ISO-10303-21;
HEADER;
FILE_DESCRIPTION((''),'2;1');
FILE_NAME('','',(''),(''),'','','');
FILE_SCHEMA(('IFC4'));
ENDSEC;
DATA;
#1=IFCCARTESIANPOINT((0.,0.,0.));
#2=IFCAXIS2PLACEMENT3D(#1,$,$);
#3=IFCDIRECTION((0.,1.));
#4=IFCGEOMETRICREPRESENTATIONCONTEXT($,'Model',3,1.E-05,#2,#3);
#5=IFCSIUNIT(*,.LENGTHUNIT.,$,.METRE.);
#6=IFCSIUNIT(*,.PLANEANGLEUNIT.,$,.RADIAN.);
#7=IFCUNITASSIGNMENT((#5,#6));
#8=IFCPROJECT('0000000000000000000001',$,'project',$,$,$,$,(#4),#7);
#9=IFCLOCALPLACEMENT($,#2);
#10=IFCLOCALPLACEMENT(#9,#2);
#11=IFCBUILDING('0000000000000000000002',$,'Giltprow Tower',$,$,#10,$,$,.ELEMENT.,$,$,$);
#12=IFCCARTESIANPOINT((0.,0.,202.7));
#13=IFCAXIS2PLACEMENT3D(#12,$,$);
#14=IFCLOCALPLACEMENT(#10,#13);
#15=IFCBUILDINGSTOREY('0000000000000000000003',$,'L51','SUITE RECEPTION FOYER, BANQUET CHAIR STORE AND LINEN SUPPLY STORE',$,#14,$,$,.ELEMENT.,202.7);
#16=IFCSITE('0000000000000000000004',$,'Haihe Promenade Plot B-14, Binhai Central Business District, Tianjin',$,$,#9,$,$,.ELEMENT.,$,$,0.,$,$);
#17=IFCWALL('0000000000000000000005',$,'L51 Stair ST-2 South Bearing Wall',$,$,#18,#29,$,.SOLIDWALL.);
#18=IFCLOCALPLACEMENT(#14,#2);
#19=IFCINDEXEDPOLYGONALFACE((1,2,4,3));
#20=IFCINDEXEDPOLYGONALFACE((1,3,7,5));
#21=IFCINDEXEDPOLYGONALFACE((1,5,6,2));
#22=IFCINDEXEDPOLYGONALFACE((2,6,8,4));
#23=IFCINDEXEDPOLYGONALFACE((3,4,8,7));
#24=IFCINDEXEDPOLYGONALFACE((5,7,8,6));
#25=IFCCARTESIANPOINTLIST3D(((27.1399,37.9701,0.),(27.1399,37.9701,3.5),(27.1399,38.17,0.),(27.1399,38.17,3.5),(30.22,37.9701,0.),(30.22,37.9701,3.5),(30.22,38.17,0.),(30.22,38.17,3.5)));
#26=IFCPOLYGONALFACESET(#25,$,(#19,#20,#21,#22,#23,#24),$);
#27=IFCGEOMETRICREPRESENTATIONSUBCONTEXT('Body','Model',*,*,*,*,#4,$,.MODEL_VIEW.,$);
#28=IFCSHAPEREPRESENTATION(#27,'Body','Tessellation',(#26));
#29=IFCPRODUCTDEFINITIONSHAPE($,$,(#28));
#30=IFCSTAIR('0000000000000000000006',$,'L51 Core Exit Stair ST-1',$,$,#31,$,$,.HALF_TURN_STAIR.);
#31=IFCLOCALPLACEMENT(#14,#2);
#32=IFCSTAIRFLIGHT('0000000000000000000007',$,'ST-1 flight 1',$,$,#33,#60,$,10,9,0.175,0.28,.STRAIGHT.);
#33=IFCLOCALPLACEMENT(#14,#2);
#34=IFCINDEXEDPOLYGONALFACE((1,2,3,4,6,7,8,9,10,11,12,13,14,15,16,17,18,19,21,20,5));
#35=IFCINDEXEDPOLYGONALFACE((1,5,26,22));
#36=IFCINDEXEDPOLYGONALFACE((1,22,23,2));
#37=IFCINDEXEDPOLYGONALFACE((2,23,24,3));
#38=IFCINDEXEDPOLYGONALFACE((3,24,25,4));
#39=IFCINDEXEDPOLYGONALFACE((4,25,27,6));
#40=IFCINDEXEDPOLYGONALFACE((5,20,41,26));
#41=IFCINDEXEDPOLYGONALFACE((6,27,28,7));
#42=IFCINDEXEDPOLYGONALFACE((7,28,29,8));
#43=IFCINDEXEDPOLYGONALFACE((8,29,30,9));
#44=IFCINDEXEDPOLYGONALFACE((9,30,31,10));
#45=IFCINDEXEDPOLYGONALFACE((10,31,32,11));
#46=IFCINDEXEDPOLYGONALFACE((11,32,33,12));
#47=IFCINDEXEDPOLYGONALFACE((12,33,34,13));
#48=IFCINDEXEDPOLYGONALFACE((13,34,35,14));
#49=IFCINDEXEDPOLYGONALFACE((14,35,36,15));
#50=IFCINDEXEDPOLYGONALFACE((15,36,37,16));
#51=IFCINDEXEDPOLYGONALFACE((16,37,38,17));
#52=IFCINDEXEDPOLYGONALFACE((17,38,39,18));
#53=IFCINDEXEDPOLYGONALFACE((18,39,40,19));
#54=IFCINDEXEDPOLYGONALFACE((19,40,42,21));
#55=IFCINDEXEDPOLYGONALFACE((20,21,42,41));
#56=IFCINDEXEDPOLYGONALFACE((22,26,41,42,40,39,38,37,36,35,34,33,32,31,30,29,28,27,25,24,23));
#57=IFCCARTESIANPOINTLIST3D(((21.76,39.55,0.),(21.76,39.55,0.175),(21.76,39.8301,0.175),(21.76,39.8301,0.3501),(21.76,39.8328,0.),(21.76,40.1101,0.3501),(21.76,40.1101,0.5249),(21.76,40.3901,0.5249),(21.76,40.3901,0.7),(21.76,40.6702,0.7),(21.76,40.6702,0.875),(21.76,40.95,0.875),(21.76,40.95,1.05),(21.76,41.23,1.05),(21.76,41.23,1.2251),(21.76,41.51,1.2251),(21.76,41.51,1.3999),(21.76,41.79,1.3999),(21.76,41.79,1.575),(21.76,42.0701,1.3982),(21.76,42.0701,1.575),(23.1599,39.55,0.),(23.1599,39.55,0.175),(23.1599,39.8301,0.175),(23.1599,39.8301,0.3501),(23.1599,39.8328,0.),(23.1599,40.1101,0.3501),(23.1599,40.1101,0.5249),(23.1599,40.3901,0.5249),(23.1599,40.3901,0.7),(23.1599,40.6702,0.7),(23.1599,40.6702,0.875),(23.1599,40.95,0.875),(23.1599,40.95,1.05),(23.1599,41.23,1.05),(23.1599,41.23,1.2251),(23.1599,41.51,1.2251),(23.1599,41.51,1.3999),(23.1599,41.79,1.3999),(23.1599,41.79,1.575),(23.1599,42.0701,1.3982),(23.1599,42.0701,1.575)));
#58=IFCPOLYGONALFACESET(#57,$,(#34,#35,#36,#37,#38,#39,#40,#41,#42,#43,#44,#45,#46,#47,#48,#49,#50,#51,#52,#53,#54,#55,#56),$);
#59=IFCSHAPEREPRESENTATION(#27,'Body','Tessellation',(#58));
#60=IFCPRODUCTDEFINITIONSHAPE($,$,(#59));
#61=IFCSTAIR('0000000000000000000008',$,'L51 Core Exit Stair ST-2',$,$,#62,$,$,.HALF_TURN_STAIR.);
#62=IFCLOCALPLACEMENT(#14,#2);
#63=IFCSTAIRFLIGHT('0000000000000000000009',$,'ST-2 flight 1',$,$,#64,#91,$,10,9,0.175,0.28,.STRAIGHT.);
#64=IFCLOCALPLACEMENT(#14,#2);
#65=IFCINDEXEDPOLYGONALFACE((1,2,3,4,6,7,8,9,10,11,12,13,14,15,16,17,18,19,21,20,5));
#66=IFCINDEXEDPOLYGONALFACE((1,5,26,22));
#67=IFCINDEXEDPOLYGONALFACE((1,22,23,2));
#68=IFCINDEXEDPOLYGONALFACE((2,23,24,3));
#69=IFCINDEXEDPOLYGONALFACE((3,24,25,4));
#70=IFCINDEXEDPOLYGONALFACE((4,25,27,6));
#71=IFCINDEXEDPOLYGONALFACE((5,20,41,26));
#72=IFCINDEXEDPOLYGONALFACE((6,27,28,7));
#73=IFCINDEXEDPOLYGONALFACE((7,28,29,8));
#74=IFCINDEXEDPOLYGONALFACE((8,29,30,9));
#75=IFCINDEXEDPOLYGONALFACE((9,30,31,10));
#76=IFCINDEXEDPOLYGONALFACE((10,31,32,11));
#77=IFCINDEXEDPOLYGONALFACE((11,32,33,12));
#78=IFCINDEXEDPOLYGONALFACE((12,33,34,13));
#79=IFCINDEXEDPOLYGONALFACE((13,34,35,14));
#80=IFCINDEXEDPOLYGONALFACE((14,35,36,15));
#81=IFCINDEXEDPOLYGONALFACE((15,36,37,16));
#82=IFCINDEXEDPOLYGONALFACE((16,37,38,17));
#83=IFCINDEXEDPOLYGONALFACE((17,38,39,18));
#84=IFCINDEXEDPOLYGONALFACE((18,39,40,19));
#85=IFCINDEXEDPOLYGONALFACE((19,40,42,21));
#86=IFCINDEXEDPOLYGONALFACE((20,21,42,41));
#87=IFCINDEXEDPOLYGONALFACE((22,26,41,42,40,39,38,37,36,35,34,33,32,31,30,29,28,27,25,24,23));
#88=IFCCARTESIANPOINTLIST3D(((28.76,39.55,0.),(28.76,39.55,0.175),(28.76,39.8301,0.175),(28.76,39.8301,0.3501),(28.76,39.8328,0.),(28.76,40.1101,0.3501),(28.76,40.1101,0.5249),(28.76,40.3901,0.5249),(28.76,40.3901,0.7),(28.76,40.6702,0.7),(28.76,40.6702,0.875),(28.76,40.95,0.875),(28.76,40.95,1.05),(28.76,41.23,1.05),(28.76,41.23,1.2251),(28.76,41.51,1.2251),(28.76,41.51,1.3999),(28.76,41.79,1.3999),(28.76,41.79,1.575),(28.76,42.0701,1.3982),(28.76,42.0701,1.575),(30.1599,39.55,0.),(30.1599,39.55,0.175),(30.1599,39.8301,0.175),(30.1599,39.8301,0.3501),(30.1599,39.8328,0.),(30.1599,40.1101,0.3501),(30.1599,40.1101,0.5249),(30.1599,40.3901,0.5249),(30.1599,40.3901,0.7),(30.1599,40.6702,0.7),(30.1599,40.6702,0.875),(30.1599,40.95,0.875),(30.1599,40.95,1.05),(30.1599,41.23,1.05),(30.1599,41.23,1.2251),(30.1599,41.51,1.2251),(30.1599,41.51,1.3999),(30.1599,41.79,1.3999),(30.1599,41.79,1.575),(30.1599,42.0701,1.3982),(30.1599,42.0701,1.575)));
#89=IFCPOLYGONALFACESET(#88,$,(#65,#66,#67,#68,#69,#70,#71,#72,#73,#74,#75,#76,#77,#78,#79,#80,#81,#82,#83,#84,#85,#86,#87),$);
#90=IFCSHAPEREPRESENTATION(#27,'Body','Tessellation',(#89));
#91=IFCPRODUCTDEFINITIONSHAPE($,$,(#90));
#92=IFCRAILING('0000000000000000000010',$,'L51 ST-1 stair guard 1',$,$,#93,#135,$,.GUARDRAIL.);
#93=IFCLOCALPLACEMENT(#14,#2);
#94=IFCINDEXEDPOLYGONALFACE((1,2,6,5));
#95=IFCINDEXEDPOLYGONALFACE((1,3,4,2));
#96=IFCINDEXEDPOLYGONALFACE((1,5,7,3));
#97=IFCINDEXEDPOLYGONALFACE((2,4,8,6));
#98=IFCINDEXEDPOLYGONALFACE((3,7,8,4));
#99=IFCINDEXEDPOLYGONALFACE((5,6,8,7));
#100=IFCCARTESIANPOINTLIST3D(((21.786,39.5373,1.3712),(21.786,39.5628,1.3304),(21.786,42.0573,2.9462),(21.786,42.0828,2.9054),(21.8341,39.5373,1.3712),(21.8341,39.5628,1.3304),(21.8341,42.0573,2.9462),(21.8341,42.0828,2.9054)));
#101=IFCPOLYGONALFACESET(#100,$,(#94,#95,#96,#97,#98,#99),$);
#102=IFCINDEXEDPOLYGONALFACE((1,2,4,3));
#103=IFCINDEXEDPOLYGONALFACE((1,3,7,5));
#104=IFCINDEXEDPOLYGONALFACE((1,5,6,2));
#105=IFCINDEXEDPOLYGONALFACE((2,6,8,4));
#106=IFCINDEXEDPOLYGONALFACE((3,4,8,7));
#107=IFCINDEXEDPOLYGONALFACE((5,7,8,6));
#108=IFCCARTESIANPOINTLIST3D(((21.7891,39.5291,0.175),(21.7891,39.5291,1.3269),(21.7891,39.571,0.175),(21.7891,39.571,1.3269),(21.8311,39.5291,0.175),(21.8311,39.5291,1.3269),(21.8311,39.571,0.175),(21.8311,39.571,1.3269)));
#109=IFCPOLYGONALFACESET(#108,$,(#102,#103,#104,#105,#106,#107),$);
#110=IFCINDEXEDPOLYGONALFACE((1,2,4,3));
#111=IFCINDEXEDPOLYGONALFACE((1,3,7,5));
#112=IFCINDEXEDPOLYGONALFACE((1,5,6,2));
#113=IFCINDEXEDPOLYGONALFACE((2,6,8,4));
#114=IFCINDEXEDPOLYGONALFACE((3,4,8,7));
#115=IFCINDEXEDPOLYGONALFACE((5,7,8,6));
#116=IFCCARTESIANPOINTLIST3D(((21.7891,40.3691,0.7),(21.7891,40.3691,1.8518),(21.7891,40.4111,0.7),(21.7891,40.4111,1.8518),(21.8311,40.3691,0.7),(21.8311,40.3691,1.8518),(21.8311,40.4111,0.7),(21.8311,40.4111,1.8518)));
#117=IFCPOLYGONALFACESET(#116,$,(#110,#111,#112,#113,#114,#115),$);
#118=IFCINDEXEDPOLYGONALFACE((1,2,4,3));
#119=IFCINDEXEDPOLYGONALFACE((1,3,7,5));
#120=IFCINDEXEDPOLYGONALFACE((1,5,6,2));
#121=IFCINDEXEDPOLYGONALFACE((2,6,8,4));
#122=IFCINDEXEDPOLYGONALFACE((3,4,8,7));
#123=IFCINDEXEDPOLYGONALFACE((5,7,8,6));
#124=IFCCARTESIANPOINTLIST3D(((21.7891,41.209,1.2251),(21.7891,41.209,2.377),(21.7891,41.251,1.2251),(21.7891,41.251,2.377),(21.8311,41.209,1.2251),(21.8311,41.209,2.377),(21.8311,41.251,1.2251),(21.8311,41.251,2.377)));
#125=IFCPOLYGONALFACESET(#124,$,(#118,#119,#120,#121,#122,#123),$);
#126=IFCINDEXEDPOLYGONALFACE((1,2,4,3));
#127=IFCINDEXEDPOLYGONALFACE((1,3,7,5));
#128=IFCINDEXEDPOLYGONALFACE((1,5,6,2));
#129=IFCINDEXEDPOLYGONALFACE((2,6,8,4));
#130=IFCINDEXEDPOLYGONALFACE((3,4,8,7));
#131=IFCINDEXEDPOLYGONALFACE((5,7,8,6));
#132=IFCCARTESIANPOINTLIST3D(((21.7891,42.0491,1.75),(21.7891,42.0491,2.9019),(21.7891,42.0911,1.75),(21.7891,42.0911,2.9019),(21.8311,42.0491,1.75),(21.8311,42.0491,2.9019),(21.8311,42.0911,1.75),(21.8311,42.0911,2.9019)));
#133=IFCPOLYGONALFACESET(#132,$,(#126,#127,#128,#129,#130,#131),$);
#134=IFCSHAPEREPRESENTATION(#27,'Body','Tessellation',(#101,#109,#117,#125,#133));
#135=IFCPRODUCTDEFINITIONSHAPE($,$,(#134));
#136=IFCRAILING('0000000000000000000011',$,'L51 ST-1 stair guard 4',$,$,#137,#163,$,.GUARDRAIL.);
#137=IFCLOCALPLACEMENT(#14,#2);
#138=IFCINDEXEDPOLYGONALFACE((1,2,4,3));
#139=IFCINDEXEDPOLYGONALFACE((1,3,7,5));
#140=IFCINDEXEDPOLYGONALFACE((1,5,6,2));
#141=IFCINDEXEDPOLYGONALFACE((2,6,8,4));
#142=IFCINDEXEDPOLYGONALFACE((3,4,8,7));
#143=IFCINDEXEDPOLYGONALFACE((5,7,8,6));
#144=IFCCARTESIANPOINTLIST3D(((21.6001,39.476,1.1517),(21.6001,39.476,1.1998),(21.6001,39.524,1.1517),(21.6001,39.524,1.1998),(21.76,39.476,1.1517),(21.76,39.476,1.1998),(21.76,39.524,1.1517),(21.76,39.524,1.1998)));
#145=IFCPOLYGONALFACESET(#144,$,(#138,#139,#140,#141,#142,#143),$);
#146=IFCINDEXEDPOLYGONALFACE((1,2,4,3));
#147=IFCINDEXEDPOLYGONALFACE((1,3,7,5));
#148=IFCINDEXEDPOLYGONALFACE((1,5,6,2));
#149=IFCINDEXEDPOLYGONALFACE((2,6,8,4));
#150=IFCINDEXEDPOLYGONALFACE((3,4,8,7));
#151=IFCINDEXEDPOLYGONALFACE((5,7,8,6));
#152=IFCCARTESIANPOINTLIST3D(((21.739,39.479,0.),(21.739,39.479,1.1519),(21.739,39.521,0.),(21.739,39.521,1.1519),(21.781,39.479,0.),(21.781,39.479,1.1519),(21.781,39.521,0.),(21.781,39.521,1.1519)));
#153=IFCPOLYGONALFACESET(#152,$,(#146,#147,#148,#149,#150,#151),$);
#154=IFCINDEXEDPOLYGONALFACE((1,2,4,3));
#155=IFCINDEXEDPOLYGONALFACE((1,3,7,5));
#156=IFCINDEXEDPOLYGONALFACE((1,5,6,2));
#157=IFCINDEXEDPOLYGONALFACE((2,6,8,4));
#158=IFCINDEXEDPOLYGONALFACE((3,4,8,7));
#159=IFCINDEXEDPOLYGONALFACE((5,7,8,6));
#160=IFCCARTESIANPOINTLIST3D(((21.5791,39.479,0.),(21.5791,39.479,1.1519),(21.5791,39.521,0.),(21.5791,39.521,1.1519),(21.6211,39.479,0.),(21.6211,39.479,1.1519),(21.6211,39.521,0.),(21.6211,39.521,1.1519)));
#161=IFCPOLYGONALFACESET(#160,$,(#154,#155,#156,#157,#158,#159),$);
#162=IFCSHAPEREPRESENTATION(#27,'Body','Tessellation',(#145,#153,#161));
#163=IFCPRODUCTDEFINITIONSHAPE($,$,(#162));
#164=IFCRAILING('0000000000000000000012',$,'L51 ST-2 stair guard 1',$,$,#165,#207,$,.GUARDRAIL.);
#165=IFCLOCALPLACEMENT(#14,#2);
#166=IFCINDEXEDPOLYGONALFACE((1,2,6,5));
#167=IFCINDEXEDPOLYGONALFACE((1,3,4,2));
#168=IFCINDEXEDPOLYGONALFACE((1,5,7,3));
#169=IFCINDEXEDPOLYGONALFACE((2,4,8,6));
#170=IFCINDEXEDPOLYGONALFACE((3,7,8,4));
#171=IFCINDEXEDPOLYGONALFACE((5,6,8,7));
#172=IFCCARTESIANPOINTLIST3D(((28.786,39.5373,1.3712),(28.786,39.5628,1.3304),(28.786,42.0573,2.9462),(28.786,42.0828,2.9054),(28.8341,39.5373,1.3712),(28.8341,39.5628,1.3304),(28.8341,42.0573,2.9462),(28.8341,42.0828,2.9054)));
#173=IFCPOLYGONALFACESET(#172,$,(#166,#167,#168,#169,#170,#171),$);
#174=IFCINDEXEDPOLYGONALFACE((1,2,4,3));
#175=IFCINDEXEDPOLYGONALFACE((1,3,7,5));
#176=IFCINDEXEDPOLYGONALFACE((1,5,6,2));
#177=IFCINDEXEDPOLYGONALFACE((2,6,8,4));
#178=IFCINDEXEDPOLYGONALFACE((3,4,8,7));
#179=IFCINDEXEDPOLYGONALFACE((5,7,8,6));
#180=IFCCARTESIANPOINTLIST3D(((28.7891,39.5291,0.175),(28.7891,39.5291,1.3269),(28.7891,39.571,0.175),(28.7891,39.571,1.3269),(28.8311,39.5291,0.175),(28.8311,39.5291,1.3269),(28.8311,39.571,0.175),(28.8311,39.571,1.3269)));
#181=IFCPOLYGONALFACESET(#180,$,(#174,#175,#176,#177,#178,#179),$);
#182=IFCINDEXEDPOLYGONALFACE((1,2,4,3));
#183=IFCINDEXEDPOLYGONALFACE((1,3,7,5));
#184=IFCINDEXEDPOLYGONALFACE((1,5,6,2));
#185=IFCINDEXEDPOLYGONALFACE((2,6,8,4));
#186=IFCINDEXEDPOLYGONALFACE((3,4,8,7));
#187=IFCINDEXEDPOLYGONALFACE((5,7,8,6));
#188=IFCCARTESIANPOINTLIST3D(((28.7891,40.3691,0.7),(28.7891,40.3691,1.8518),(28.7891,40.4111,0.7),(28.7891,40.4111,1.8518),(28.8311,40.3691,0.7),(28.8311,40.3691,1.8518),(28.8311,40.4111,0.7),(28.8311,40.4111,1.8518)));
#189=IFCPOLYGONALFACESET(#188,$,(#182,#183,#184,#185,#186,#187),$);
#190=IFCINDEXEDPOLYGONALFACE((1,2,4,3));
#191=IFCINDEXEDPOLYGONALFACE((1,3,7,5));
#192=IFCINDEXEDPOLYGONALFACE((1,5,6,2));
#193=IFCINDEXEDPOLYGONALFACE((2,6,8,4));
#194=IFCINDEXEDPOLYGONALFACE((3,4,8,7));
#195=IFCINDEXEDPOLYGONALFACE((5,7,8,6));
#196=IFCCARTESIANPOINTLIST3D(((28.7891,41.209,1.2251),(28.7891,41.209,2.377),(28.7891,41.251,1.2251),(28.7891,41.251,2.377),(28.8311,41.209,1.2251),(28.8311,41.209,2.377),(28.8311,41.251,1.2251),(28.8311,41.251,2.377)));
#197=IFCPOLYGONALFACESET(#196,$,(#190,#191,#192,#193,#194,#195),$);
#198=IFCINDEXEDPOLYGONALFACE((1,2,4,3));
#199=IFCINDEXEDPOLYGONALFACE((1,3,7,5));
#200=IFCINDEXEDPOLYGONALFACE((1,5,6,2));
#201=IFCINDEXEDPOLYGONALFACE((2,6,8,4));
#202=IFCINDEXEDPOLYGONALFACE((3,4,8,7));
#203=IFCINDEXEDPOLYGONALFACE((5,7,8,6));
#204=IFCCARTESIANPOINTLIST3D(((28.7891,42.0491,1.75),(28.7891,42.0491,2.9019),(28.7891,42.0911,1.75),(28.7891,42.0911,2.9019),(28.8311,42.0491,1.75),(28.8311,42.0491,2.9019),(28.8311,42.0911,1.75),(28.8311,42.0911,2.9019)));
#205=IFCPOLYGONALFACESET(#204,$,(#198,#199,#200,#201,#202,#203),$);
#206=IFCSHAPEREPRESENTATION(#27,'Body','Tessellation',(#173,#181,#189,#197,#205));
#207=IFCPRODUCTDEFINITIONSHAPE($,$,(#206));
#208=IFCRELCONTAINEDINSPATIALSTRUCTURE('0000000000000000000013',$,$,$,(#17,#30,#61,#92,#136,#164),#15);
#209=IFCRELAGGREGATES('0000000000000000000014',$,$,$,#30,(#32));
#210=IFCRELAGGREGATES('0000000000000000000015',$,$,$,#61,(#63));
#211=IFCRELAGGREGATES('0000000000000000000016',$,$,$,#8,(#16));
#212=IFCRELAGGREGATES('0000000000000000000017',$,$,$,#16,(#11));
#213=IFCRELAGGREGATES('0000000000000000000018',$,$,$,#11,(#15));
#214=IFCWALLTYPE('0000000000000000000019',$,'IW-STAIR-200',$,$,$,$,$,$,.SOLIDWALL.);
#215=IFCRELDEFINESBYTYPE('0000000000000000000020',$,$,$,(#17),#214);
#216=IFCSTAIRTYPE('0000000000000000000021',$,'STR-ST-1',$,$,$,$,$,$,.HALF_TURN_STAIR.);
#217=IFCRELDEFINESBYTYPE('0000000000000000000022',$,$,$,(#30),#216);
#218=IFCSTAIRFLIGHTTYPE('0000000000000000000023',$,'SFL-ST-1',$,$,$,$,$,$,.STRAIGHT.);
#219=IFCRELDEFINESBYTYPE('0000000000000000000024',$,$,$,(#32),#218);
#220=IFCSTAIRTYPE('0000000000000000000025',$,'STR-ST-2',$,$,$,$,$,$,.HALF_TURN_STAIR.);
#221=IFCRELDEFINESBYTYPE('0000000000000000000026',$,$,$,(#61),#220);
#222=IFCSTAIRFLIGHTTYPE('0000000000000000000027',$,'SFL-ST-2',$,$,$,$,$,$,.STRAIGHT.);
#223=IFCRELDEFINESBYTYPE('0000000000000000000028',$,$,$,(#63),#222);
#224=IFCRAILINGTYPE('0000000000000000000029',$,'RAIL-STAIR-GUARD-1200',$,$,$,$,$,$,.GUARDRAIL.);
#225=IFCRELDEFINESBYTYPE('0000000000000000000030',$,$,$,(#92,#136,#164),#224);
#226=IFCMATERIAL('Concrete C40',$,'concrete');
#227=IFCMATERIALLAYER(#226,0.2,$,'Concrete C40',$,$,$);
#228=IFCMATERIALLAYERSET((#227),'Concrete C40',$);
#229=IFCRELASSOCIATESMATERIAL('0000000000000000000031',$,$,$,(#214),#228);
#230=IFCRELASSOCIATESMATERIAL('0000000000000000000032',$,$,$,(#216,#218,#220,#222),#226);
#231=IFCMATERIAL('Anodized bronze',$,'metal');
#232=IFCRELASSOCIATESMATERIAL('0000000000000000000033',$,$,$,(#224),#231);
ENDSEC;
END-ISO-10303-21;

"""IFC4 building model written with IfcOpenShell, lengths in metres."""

from ifc_helpers import new_model, si_unit, direction, frame, frame_2d, origin, origin_2d, place, context, subcontext, project, spatial, polyline, rectangle, outline, extrude, material, layer, layer_set, type_object, element, aggregate, save


model = new_model("IFC4")

# Units and contexts
model_context = context("Model", 3, precision=1e-05, world=origin(), true_north=direction((0.0, 1.0)))
body_context = subcontext(model_context, "Body", "Model", "MODEL_VIEW")
ifc_project = project(units=[si_unit("LENGTHUNIT", "METRE"), si_unit("PLANEANGLEUNIT", "RADIAN")], contexts=[model_context])

# Site, building, storey
site_placement = place(None, origin())
site = spatial("IfcSite", under=ifc_project, at=site_placement, Name="Haihe Promenade Plot B-14, Binhai Central Business District, Tianjin", CompositionType="ELEMENT", RefElevation=0.0)
building_placement = place(site_placement, origin())
building = spatial("IfcBuilding", under=site, at=building_placement, Name="Giltprow Tower", CompositionType="ELEMENT")
storey_placement = place(building_placement, frame((0.0, 0.0, 202.7)))
storey = spatial("IfcBuildingStorey", under=building, at=storey_placement, Name="L51", Description="SUITE RECEPTION FOYER, BANQUET CHAIR STORE AND LINEN SUPPLY STORE", CompositionType="ELEMENT", Elevation=202.7)

# Shared definitions
ifc_material_1 = material(Name="Concrete C40", Category="concrete")
ifc_layer_1 = layer(ifc_material_1, 0.2, Name="Concrete C40")
ifc_layer_set_1 = layer_set([ifc_layer_1], Name="Concrete C40")
wall_type_1 = type_object("IfcWallType", Name="IW-STAIR-200", PredefinedType="SOLIDWALL", material=ifc_layer_set_1)

# Wall
wall_1_placement = place(storey_placement, frame((27.1399, 38.0701, 0.0), z_axis=(0.0, 0.0, 1.0), x_axis=(1.0, 0.0, 0.0)))
element("IfcWall", 1, at=wall_1_placement, inside=storey, type_object=wall_type_1, Name="L51 Stair ST-2 South Bearing Wall", PredefinedType="SOLIDWALL", context=body_context, shape_type="SweptSolid", body=[
    extrude(rectangle(XDim=3.0801, YDim=0.2, at=frame_2d((1.54, 0.0))), origin(), (0.0, 0.0, 1.0), 3.5),
])

# Stairs, stair flights
stair_type_1 = type_object("IfcStairType", Name="STR-ST-1", PredefinedType="HALF_TURN_STAIR", material=ifc_material_1)
stair_1_placement = place(storey_placement, origin())
stair_1 = element("IfcStair", 2, at=stair_1_placement, inside=storey, type_object=stair_type_1, Name="L51 Core Exit Stair ST-1", PredefinedType="HALF_TURN_STAIR")
stair_flight_type_1 = type_object("IfcStairFlightType", Name="SFL-ST-1", PredefinedType="STRAIGHT", material=ifc_material_1)
stair_flight_1_placement = place(storey_placement, frame((22.46, 39.55, 0.0), z_axis=(0.0, 0.0, 1.0), x_axis=(0.0, 1.0, 0.0)))
stair_flight_1 = element("IfcStairFlight", 3, at=stair_flight_1_placement, type_object=stair_flight_type_1, Name="ST-1 flight 1", NumberOfRisers=10, NumberOfTreads=9, PredefinedType="STRAIGHT", RiserHeight=0.175, TreadLength=0.28, context=body_context, shape_type="SweptSolid", body=[
    extrude(outline(polyline([(0.0, 0.0), (0.0, 0.175), (0.28, 0.175), (0.28, 0.3501), (0.5601, 0.3501), (0.5601, 0.5249), (0.8401, 0.5249), (0.8401, 0.7), (1.1201, 0.7), (1.1201, 0.875), (1.3999, 0.875), (1.3999, 1.05), (1.6799, 1.05), (1.6799, 1.2251), (1.96, 1.2251), (1.96, 1.3999), (2.24, 1.3999), (2.24, 1.575), (2.52, 1.575), (2.52, 1.75), (2.52, 1.3982), (0.2827, 0.0), (0.0, 0.0)])), frame((0.0, 0.7, 0.0), z_axis=(0.0, -1.0, 0.0), x_axis=(1.0, 0.0, 0.0)), (0.0, 0.0, 1.0), 1.3999),
])
aggregate(stair_1, [stair_flight_1])
stair_type_2 = type_object("IfcStairType", Name="STR-ST-2", PredefinedType="HALF_TURN_STAIR", material=ifc_material_1)
stair_2_placement = place(storey_placement, origin())
stair_2 = element("IfcStair", 4, at=stair_2_placement, inside=storey, type_object=stair_type_2, Name="L51 Core Exit Stair ST-2", PredefinedType="HALF_TURN_STAIR")
stair_flight_type_2 = type_object("IfcStairFlightType", Name="SFL-ST-2", PredefinedType="STRAIGHT", material=ifc_material_1)
stair_flight_2_placement = place(storey_placement, frame((29.46, 39.55, 0.0), z_axis=(0.0, 0.0, 1.0), x_axis=(0.0, 1.0, 0.0)))
stair_flight_2 = element("IfcStairFlight", 5, at=stair_flight_2_placement, type_object=stair_flight_type_2, Name="ST-2 flight 1", NumberOfRisers=10, NumberOfTreads=9, PredefinedType="STRAIGHT", RiserHeight=0.175, TreadLength=0.28, context=body_context, shape_type="SweptSolid", body=[
    extrude(outline(polyline([(0.0, 0.0), (0.0, 0.175), (0.28, 0.175), (0.28, 0.3501), (0.5601, 0.3501), (0.5601, 0.5249), (0.8401, 0.5249), (0.8401, 0.7), (1.1201, 0.7), (1.1201, 0.875), (1.3999, 0.875), (1.3999, 1.05), (1.6799, 1.05), (1.6799, 1.2251), (1.96, 1.2251), (1.96, 1.3999), (2.24, 1.3999), (2.24, 1.575), (2.52, 1.575), (2.52, 1.75), (2.52, 1.3982), (0.2827, 0.0), (0.0, 0.0)])), frame((0.0, 0.7, 0.0), z_axis=(0.0, -1.0, 0.0), x_axis=(1.0, 0.0, 0.0)), (0.0, 0.0, 1.0), 1.3999),
])
aggregate(stair_2, [stair_flight_2])

# Railings
ifc_material_2 = material(Name="Anodized bronze", Category="metal")
railing_type_1 = type_object("IfcRailingType", Name="RAIL-STAIR-GUARD-1200", PredefinedType="GUARDRAIL", material=ifc_material_2)
railing_1_placement = place(storey_placement, frame((21.8101, 39.55, 0.175)))
element("IfcRailing", 6, at=railing_1_placement, inside=storey, type_object=railing_type_1, Name="L51 ST-1 stair guard 1", PredefinedType="GUARDRAIL", context=body_context, shape_type="SweptSolid", body=[
    extrude(rectangle(XDim=0.0481, YDim=0.0481, at=origin_2d()), frame((0.0, 0.0, 1.1758), z_axis=(0.0, 0.848008, 0.529984), x_axis=(-1.0, 0.0, 0.0)), (0.0, 0.0, 1.0), 2.9717),
    extrude(rectangle(XDim=0.042, YDim=0.042, at=origin_2d()), origin(), (0.0, 0.0, 1.0), 1.1519),
    extrude(rectangle(XDim=0.042, YDim=0.042, at=origin_2d()), frame((0.0, 0.8401, 0.5249)), (0.0, 0.0, 1.0), 1.1519),
    extrude(rectangle(XDim=0.042, YDim=0.042, at=origin_2d()), frame((0.0, 1.6799, 1.05)), (0.0, 0.0, 1.0), 1.1519),
    extrude(rectangle(XDim=0.042, YDim=0.042, at=origin_2d()), frame((0.0, 2.52, 1.575)), (0.0, 0.0, 1.0), 1.1519),
])
railing_2_placement = place(storey_placement, frame((21.76, 39.5, 0.0)))
element("IfcRailing", 7, at=railing_2_placement, inside=storey, type_object=railing_type_1, Name="L51 ST-1 stair guard 4", PredefinedType="GUARDRAIL", context=body_context, shape_type="SweptSolid", body=[
    extrude(rectangle(XDim=0.0481, YDim=0.0481, at=origin_2d()), frame((0.0, 0.0, 1.1758), z_axis=(-1.0, 0.0, 0.0), x_axis=(0.0, -1.0, 0.0)), (0.0, 0.0, 1.0), 0.1599),
    extrude(rectangle(XDim=0.042, YDim=0.042, at=origin_2d()), origin(), (0.0, 0.0, 1.0), 1.1519),
    extrude(rectangle(XDim=0.042, YDim=0.042, at=origin_2d()), frame((-0.1599, 0.0, 0.0)), (0.0, 0.0, 1.0), 1.1519),
])
railing_3_placement = place(storey_placement, frame((28.8101, 39.55, 0.175)))
element("IfcRailing", 8, at=railing_3_placement, inside=storey, type_object=railing_type_1, Name="L51 ST-2 stair guard 1", PredefinedType="GUARDRAIL", context=body_context, shape_type="SweptSolid", body=[
    extrude(rectangle(XDim=0.0481, YDim=0.0481, at=origin_2d()), frame((0.0, 0.0, 1.1758), z_axis=(0.0, 0.848008, 0.529984), x_axis=(-1.0, 0.0, 0.0)), (0.0, 0.0, 1.0), 2.9717),
    extrude(rectangle(XDim=0.042, YDim=0.042, at=origin_2d()), origin(), (0.0, 0.0, 1.0), 1.1519),
    extrude(rectangle(XDim=0.042, YDim=0.042, at=origin_2d()), frame((0.0, 0.8401, 0.5249)), (0.0, 0.0, 1.0), 1.1519),
    extrude(rectangle(XDim=0.042, YDim=0.042, at=origin_2d()), frame((0.0, 1.6799, 1.05)), (0.0, 0.0, 1.0), 1.1519),
    extrude(rectangle(XDim=0.042, YDim=0.042, at=origin_2d()), frame((0.0, 2.52, 1.575)), (0.0, 0.0, 1.0), 1.1519),
])

save(model, "model.ifc")
